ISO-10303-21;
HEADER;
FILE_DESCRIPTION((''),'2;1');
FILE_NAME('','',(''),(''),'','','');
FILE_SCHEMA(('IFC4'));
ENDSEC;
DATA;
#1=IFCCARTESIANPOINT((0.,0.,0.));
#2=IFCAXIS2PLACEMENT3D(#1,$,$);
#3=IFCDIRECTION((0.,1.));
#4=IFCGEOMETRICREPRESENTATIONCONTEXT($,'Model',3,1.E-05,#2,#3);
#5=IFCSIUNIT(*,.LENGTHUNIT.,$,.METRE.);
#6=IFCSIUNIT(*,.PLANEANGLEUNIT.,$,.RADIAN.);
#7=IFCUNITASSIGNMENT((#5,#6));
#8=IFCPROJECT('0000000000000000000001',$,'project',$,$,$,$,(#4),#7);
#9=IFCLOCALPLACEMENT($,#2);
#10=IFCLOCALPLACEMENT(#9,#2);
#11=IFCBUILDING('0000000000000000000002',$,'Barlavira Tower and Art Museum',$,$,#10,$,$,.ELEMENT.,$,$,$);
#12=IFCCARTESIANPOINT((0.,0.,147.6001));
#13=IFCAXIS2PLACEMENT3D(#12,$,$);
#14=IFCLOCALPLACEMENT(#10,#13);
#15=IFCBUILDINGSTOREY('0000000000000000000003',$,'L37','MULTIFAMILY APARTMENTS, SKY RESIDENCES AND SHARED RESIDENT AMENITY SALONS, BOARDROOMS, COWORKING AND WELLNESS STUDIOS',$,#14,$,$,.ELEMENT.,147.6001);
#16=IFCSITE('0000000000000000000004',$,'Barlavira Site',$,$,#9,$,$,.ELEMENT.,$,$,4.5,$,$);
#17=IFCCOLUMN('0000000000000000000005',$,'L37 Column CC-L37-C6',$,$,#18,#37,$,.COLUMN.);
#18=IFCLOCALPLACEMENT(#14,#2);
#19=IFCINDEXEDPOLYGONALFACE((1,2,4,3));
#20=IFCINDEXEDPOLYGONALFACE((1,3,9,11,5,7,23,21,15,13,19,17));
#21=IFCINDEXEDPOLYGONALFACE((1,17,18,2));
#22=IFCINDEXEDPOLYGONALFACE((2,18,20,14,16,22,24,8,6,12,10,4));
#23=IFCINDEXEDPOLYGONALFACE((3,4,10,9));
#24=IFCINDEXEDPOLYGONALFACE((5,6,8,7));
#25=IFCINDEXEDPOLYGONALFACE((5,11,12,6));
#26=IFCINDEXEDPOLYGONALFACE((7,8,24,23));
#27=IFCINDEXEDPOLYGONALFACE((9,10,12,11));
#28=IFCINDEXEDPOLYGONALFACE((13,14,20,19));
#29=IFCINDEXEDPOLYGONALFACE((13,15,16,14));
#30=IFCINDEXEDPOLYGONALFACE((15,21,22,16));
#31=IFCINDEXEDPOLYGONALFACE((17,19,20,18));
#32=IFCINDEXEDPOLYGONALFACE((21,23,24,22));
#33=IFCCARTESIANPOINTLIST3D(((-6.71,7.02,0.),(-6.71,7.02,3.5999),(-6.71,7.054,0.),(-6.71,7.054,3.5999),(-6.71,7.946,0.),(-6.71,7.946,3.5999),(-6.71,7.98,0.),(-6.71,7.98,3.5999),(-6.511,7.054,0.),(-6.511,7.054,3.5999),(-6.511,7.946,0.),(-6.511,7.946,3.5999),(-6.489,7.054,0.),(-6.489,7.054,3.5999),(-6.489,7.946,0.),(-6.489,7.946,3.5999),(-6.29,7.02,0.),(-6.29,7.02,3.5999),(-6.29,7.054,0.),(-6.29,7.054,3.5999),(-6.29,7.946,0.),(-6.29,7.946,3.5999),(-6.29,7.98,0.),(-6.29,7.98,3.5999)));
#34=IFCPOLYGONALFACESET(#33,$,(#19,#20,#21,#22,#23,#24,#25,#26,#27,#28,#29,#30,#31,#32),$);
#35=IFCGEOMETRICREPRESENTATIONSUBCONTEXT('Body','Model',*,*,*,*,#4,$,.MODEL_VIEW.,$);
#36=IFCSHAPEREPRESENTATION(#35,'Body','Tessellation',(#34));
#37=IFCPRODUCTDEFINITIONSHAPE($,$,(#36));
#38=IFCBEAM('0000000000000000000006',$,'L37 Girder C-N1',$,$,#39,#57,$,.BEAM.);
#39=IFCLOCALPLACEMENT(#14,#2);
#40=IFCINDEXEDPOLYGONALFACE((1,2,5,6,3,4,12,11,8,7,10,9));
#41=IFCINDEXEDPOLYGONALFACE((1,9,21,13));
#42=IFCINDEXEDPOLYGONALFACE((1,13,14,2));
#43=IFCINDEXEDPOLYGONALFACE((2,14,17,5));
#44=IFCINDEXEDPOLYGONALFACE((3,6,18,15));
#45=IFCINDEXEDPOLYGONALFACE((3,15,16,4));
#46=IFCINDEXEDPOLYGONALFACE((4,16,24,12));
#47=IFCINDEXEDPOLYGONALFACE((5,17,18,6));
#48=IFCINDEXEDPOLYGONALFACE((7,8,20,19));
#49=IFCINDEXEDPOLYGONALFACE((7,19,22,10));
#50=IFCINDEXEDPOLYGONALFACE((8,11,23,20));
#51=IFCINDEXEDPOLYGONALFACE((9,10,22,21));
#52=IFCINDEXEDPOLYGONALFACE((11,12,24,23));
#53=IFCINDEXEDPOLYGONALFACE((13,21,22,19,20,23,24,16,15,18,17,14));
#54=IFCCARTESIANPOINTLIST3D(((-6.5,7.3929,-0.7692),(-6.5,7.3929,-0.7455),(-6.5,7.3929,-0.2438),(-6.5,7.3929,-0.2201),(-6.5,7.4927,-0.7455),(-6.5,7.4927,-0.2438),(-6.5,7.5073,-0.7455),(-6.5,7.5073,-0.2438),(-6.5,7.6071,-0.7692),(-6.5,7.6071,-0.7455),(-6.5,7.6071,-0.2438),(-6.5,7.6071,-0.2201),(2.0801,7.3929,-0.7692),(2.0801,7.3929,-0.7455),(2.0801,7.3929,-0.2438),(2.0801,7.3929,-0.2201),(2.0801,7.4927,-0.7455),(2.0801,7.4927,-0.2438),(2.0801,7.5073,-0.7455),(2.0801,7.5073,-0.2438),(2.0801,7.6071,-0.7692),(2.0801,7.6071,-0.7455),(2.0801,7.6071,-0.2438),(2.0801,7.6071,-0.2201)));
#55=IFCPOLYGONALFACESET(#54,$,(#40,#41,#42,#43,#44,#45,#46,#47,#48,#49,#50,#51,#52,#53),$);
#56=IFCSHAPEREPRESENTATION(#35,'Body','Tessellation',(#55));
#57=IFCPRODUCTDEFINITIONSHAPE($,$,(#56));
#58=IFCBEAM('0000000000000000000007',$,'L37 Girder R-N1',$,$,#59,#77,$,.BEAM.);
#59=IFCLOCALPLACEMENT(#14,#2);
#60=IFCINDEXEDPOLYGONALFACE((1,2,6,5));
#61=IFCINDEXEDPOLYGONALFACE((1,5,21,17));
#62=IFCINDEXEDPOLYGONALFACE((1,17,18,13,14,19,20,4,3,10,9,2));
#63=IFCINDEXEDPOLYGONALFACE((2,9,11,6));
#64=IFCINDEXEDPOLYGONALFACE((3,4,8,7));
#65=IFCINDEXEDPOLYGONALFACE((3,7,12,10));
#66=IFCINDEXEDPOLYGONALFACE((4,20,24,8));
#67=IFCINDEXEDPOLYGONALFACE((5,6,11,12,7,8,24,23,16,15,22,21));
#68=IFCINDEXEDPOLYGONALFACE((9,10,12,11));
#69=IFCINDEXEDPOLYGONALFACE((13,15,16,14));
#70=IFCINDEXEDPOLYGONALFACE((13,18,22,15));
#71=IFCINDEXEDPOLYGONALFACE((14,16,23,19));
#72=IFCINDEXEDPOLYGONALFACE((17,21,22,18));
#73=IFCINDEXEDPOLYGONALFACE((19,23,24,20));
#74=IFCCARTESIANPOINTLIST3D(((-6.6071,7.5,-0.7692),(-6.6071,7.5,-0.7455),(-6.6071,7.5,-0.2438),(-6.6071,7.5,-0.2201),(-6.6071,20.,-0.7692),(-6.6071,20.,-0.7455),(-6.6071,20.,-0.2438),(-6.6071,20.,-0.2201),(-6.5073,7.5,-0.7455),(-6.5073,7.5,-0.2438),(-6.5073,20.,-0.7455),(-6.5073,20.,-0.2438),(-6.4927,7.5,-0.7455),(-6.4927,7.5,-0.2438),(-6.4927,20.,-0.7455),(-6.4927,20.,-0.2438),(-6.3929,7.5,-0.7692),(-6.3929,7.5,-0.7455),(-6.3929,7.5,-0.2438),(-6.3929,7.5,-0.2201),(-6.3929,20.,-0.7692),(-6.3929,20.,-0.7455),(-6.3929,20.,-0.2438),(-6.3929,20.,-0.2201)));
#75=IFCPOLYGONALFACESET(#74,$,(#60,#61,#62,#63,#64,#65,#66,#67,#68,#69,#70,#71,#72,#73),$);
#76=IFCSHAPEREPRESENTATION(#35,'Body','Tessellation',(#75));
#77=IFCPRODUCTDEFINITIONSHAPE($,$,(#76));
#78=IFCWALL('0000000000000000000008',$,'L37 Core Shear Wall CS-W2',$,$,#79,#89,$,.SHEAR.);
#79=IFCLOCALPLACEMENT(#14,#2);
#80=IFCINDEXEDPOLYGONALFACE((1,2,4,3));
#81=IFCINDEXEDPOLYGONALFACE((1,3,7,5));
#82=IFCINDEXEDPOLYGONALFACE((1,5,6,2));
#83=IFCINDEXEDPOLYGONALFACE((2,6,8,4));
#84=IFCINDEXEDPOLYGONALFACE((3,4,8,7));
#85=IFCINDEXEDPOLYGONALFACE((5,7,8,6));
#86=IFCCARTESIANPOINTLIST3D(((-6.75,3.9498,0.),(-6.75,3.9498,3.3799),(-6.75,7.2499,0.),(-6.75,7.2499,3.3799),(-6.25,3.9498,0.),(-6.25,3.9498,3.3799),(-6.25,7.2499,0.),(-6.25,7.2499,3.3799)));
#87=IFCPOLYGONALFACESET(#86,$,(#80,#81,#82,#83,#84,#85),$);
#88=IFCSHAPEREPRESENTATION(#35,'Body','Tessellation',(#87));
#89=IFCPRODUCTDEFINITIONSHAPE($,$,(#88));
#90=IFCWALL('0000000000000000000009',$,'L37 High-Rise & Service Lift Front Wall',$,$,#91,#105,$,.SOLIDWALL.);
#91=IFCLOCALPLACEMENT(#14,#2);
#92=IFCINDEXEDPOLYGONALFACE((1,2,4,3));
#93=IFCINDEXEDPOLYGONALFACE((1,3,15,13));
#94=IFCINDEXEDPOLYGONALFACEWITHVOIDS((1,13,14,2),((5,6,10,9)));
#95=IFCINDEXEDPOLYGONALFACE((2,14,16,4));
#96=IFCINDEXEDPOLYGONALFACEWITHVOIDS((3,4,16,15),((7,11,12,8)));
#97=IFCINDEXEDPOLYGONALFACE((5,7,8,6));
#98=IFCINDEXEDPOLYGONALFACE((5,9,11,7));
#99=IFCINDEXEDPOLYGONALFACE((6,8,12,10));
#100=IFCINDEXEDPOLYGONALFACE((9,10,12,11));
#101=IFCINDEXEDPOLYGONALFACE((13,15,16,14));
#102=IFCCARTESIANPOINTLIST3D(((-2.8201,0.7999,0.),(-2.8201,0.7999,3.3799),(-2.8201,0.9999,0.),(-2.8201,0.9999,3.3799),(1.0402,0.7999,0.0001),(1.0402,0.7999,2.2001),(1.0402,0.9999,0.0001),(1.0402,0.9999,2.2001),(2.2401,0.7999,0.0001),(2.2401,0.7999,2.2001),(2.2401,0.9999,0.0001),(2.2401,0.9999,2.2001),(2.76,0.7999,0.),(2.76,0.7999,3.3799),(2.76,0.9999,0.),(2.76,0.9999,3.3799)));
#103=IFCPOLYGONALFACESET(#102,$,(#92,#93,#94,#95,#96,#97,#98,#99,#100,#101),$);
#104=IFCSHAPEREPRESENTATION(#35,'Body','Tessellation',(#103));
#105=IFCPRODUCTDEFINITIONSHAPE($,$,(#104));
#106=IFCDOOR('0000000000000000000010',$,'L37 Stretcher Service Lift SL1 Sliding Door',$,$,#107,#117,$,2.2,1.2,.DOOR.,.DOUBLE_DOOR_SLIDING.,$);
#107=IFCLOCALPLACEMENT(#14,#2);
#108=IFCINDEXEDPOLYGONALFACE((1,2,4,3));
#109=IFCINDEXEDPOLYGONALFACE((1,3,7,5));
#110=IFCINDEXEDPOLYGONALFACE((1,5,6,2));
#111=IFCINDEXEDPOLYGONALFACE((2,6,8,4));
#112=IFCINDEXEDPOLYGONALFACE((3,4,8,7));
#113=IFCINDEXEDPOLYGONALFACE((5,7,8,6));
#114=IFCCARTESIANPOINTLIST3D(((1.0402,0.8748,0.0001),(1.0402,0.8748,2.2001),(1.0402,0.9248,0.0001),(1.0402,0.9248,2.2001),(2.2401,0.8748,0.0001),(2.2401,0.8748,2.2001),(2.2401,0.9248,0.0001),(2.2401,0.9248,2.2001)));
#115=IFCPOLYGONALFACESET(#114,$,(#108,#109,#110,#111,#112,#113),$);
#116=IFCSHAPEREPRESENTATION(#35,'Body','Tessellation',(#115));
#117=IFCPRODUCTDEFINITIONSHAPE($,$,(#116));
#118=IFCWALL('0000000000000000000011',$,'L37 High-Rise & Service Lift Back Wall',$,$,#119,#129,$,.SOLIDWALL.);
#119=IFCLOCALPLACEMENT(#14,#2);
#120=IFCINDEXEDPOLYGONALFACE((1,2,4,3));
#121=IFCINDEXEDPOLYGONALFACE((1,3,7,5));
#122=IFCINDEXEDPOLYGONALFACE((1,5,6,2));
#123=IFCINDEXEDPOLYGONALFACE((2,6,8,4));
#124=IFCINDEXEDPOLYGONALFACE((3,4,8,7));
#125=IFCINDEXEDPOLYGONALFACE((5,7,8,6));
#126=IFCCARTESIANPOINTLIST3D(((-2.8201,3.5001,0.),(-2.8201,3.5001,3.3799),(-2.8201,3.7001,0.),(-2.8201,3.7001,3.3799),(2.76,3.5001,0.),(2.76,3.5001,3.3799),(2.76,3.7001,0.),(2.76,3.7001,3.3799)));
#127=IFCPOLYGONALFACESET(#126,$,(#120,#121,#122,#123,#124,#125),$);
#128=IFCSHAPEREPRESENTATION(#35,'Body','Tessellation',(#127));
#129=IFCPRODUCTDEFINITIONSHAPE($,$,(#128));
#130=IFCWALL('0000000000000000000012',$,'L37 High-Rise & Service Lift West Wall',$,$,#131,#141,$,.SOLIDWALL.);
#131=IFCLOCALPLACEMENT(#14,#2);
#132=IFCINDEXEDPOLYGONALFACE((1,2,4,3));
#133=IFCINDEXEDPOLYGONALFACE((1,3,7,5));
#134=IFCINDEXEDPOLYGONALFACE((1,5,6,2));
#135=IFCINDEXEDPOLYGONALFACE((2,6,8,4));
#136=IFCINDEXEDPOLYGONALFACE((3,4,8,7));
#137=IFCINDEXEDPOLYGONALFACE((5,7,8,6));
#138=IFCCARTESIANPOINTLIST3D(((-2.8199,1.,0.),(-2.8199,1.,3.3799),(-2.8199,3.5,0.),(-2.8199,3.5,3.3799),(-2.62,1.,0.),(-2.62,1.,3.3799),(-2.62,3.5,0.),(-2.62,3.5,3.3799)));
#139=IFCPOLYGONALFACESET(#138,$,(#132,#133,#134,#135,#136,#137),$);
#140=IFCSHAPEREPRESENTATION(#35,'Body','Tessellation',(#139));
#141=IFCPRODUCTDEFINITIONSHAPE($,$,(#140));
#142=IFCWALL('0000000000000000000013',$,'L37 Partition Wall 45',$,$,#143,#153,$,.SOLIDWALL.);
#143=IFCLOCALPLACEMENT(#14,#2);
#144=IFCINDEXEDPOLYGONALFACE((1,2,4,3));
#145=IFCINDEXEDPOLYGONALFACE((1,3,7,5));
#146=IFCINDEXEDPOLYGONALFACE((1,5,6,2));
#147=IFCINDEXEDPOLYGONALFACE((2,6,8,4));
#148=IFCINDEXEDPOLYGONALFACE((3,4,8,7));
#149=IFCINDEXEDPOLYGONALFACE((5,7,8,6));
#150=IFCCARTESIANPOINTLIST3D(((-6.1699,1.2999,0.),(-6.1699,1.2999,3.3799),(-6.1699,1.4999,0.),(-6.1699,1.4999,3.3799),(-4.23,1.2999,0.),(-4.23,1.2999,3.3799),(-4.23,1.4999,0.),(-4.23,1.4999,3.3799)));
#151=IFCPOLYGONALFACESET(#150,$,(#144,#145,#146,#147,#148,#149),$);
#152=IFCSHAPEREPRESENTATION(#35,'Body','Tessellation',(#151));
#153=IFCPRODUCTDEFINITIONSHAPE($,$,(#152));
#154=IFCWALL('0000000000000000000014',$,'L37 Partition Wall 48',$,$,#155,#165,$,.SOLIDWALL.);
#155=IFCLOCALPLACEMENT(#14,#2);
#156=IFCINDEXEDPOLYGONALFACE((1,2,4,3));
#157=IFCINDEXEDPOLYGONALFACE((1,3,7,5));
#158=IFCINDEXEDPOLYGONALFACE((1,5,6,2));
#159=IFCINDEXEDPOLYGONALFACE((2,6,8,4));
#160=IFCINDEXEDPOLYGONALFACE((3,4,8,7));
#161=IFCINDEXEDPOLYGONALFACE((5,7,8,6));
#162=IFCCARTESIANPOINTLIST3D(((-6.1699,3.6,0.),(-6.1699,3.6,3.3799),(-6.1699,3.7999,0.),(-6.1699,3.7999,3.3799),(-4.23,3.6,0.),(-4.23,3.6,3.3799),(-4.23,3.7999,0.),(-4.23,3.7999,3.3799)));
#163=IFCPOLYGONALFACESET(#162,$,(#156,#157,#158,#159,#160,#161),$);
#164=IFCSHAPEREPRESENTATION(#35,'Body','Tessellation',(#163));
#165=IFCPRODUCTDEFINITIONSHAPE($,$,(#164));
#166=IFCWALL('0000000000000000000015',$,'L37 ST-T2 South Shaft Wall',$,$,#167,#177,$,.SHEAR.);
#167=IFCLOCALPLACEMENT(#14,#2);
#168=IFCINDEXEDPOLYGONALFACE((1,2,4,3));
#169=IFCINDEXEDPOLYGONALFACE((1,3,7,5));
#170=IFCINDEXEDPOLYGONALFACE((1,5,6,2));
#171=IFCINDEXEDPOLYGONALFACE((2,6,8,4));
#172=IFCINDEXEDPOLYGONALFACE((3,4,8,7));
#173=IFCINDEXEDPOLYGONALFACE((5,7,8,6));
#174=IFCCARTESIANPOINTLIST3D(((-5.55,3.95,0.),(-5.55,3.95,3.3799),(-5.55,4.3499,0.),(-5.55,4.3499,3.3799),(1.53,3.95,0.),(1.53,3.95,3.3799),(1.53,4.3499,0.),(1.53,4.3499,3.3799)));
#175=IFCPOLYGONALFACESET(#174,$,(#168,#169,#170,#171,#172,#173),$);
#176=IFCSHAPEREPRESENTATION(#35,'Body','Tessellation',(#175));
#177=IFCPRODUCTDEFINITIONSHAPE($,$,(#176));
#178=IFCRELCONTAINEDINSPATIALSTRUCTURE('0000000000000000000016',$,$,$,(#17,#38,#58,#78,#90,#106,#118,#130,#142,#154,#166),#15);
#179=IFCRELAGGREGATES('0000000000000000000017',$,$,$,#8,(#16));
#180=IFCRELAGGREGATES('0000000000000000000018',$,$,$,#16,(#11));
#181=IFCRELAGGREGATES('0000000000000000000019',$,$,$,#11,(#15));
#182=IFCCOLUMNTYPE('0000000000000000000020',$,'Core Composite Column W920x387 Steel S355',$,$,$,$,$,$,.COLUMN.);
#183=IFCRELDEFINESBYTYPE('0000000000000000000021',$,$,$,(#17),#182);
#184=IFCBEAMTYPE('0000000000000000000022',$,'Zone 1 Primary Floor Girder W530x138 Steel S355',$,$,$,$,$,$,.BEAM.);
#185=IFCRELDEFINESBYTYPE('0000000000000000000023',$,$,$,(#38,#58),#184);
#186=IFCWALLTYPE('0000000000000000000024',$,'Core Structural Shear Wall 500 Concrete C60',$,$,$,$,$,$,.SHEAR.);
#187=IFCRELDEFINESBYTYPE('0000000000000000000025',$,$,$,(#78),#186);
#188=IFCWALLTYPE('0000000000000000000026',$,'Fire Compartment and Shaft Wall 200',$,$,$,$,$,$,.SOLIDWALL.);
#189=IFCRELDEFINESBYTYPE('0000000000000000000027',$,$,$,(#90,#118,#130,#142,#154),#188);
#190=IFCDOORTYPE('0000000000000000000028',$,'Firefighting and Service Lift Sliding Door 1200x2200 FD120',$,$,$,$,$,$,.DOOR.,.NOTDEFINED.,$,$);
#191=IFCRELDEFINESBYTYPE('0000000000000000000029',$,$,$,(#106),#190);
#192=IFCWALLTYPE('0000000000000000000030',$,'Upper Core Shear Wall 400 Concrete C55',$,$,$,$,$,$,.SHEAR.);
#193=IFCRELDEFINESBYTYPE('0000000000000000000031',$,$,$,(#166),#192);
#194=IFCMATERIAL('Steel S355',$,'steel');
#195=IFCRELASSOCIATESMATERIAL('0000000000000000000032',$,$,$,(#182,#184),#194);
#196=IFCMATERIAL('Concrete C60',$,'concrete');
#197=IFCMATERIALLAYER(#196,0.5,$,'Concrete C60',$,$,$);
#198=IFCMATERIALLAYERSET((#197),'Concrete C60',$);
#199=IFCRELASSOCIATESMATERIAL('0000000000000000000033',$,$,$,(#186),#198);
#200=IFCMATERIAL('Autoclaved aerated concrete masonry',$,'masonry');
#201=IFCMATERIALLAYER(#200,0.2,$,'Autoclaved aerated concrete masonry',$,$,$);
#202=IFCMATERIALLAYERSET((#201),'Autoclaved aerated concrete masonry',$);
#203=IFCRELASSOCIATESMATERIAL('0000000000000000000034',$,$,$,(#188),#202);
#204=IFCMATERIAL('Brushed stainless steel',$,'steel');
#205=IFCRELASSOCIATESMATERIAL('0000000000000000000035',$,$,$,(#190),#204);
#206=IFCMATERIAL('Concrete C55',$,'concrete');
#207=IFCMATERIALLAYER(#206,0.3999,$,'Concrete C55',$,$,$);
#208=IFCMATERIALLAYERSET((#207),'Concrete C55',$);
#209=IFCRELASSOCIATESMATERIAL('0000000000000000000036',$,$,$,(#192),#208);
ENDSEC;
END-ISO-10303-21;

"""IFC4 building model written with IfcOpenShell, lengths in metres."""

from ifc_helpers import new_model, si_unit, direction, frame, frame_2d, origin, origin_2d, place, context, subcontext, project, spatial, rectangle, i_section, extrude, material, layer, layer_set, material_profile, profile_set, type_object, element, fill, save


model = new_model("IFC4")

# Units and contexts
model_context = context("Model", 3, precision=1e-05, world=origin(), true_north=direction((0.0, 1.0)))
body_context = subcontext(model_context, "Body", "Model", "MODEL_VIEW")
ifc_project = project(units=[si_unit("LENGTHUNIT", "METRE"), si_unit("PLANEANGLEUNIT", "RADIAN")], contexts=[model_context])

# Site, building, storey
site_placement = place(None, origin())
site = spatial("IfcSite", under=ifc_project, at=site_placement, Name="Barlavira Site", CompositionType="ELEMENT", RefElevation=4.5)
building_placement = place(site_placement, origin())
building = spatial("IfcBuilding", under=site, at=building_placement, Name="Barlavira Tower and Art Museum", CompositionType="ELEMENT")
storey_placement = place(building_placement, frame((0.0, 0.0, 147.6001)))
storey = spatial("IfcBuildingStorey", under=building, at=storey_placement, Name="L37", Description="MULTIFAMILY APARTMENTS, SKY RESIDENCES AND SHARED RESIDENT AMENITY SALONS, BOARDROOMS, COWORKING AND WELLNESS STUDIOS", CompositionType="ELEMENT", Elevation=147.6001)

# Column
ifc_material_1 = material(Name="Steel S355", Category="steel")
ifc_material_profile_1 = material_profile(ifc_material_1, i_section(OverallWidth=0.4199, OverallDepth=0.96, WebThickness=0.022, FlangeThickness=0.0339, at=origin_2d()), Name="W920x387.0")
ifc_profile_set_1 = profile_set([ifc_material_profile_1], Name="Steel S355")
column_type = type_object("IfcColumnType", Name="Core Composite Column W920x387 Steel S355", PredefinedType="COLUMN", material=ifc_profile_set_1)
column_placement = place(storey_placement, frame((-6.5, 7.5, 0.0), z_axis=(0.0, 0.0, 1.0), x_axis=(1.0, 0.0, 0.0)))
element("IfcColumn", 1, at=column_placement, inside=storey, type_object=column_type, Name="L37 Column CC-L37-C6", PredefinedType="COLUMN", context=body_context, shape_type="SweptSolid", body=[
    extrude(i_section(OverallWidth=0.4199, OverallDepth=0.96, WebThickness=0.022, FlangeThickness=0.0339, at=origin_2d()), origin(), (0.0, 0.0, 1.0), 3.5999),
])

# Beams
ifc_material_profile_2 = material_profile(ifc_material_1, i_section(OverallWidth=0.2141, OverallDepth=0.5491, WebThickness=0.0146, FlangeThickness=0.0237, at=origin_2d()), Name="W530x138.0")
ifc_profile_set_2 = profile_set([ifc_material_profile_2], Name="Steel S355")
beam_type = type_object("IfcBeamType", Name="Zone 1 Primary Floor Girder W530x138 Steel S355", PredefinedType="BEAM", material=ifc_profile_set_2)
beam_1_placement = place(storey_placement, frame((-6.5, 7.5, -0.4946), z_axis=(1.0, 0.0, 0.0), x_axis=(0.0, 1.0, 0.0)))
element("IfcBeam", 2, at=beam_1_placement, inside=storey, type_object=beam_type, Name="L37 Girder C-N1", PredefinedType="BEAM", context=body_context, shape_type="SweptSolid", body=[
    extrude(i_section(OverallWidth=0.2141, OverallDepth=0.5491, WebThickness=0.0146, FlangeThickness=0.0237, at=origin_2d()), origin(), (0.0, 0.0, 1.0), 8.5801),
])
beam_2_placement = place(storey_placement, frame((-6.5, 7.5, -0.4946), z_axis=(0.0, 1.0, 0.0), x_axis=(-1.0, 0.0, 0.0)))
element("IfcBeam", 3, at=beam_2_placement, inside=storey, type_object=beam_type, Name="L37 Girder R-N1", PredefinedType="BEAM", context=body_context, shape_type="SweptSolid", body=[
    extrude(i_section(OverallWidth=0.2141, OverallDepth=0.5491, WebThickness=0.0146, FlangeThickness=0.0237, at=origin_2d()), origin(), (0.0, 0.0, 1.0), 12.5),
])

# Shared definitions
ifc_material_2 = material(Name="Concrete C60", Category="concrete")
ifc_layer_1 = layer(ifc_material_2, 0.5, Name="Concrete C60")
ifc_layer_set_1 = layer_set([ifc_layer_1], Name="Concrete C60")
wall_type_1 = type_object("IfcWallType", Name="Core Structural Shear Wall 500 Concrete C60", PredefinedType="SHEAR", material=ifc_layer_set_1)
ifc_material_3 = material(Name="Brushed stainless steel", Category="steel")

# Wall
wall_1_placement = place(storey_placement, frame((-6.5, 3.95, 0.0), z_axis=(0.0, 0.0, 1.0), x_axis=(0.0, 1.0, 0.0)))
element("IfcWall", 4, at=wall_1_placement, inside=storey, type_object=wall_type_1, Name="L37 Core Shear Wall CS-W2", PredefinedType="SHEAR", context=body_context, shape_type="SweptSolid", body=[
    extrude(rectangle(XDim=3.3, YDim=0.5, at=frame_2d((1.6499, 0.0))), origin(), (0.0, 0.0, 1.0), 3.3799),
])

# Wall, opening, door
ifc_material_4 = material(Name="Autoclaved aerated concrete masonry", Category="masonry")
ifc_layer_2 = layer(ifc_material_4, 0.2, Name="Autoclaved aerated concrete masonry")
ifc_layer_set_2 = layer_set([ifc_layer_2], Name="Autoclaved aerated concrete masonry")
wall_type_2 = type_object("IfcWallType", Name="Fire Compartment and Shaft Wall 200", PredefinedType="SOLIDWALL", material=ifc_layer_set_2)
wall_2_placement = place(storey_placement, frame((-2.8201, 0.8999, 0.0), z_axis=(0.0, 0.0, 1.0), x_axis=(1.0, 0.0, 0.0)))
wall_2 = element("IfcWall", 5, at=wall_2_placement, inside=storey, type_object=wall_type_2, Name="L37 High-Rise & Service Lift Front Wall", PredefinedType="SOLIDWALL", context=body_context, shape_type="SweptSolid", body=[
    extrude(rectangle(XDim=5.5801, YDim=0.2, at=frame_2d((2.79, 0.0))), origin(), (0.0, 0.0, 1.0), 3.3799),
])
opening_1_placement = place(wall_2_placement, frame((3.8601, 0.0, 0.0)))
opening_1 = element("IfcOpeningElement", 6, at=opening_1_placement, cuts=wall_2, PredefinedType="OPENING", context=body_context, shape_type="SweptSolid", body=[
    extrude(rectangle(XDim=1.2, YDim=2.2, at=frame_2d((0.6001, 1.1001))), frame((0.0, 0.1099, 0.0), z_axis=(0.0, -1.0, 0.0), x_axis=(1.0, 0.0, 0.0)), (0.0, 0.0, 1.0), 0.22),
])
door_type_1 = type_object("IfcDoorType", Name="Firefighting and Service Lift Sliding Door 1200x2200 FD120", OperationType="NOTDEFINED", PredefinedType="DOOR", material=ifc_material_3)
door_1_placement = place(opening_1_placement, origin())
door_1 = element("IfcDoor", 7, at=door_1_placement, inside=storey, type_object=door_type_1, Name="L37 Stretcher Service Lift SL1 Sliding Door", OperationType="DOUBLE_DOOR_SLIDING", OverallHeight=2.2, OverallWidth=1.2, PredefinedType="DOOR", context=body_context, shape_type="SweptSolid", body=[
    extrude(rectangle(XDim=1.2, YDim=2.2, at=frame_2d((0.6001, 1.1001))), frame((0.0, 0.0249, 0.0), z_axis=(0.0, -1.0, 0.0), x_axis=(1.0, 0.0, 0.0)), (0.0, 0.0, 1.0), 0.05),
])
fill(opening_1, door_1)

# Walls
wall_3_placement = place(storey_placement, frame((-2.8201, 3.6001, 0.0), z_axis=(0.0, 0.0, 1.0), x_axis=(1.0, 0.0, 0.0)))
element("IfcWall", 8, at=wall_3_placement, inside=storey, type_object=wall_type_2, Name="L37 High-Rise & Service Lift Back Wall", PredefinedType="SOLIDWALL", context=body_context, shape_type="SweptSolid", body=[
    extrude(rectangle(XDim=5.5801, YDim=0.2, at=frame_2d((2.79, 0.0))), origin(), (0.0, 0.0, 1.0), 3.3799),
])
wall_4_placement = place(storey_placement, frame((-2.72, 1.0, 0.0), z_axis=(0.0, 0.0, 1.0), x_axis=(0.0, 1.0, 0.0)))
element("IfcWall", 9, at=wall_4_placement, inside=storey, type_object=wall_type_2, Name="L37 High-Rise & Service Lift West Wall", PredefinedType="SOLIDWALL", context=body_context, shape_type="SweptSolid", body=[
    extrude(rectangle(XDim=2.5, YDim=0.2, at=frame_2d((1.25, 0.0))), origin(), (0.0, 0.0, 1.0), 3.3799),
])
for number, where, z_axis, x_axis, name in (
    (10, (-6.1699, 1.3999, 0.0), (0.0, 0.0, 1.0), (1.0, 0.0, 0.0), "L37 Partition Wall 45"),
    (11, (-6.1699, 3.7, 0.0), (0.0, 0.0, 1.0), (1.0, 0.0, 0.0), "L37 Partition Wall 48"),
):
    element("IfcWall", number, at=place(storey_placement, frame(where, z_axis=z_axis, x_axis=x_axis)), inside=storey, type_object=wall_type_2, Name=name, PredefinedType="SOLIDWALL", context=body_context, shape_type="SweptSolid", body=[
        extrude(rectangle(XDim=1.9399, YDim=0.2, at=frame_2d((0.97, 0.0))), origin(), (0.0, 0.0, 1.0), 3.3799),
    ])
ifc_material_5 = material(Name="Concrete C55", Category="concrete")
ifc_layer_3 = layer(ifc_material_5, 0.3999, Name="Concrete C55")
ifc_layer_set_3 = layer_set([ifc_layer_3], Name="Concrete C55")
wall_type_3 = type_object("IfcWallType", Name="Upper Core Shear Wall 400 Concrete C55", PredefinedType="SHEAR", material=ifc_layer_set_3)
wall_5_placement = place(storey_placement, frame((-5.55, 4.1499, 0.0), z_axis=(0.0, 0.0, 1.0), x_axis=(1.0, 0.0, 0.0)))
element("IfcWall", 12, at=wall_5_placement, inside=storey, type_object=wall_type_3, Name="L37 ST-T2 South Shaft Wall", PredefinedType="SHEAR", context=body_context, shape_type="SweptSolid", body=[
    extrude(rectangle(XDim=7.0801, YDim=0.3999, at=frame_2d((3.54, 0.0))), origin(), (0.0, 0.0, 1.0), 3.3799),
])

save(model, "model.ifc")
